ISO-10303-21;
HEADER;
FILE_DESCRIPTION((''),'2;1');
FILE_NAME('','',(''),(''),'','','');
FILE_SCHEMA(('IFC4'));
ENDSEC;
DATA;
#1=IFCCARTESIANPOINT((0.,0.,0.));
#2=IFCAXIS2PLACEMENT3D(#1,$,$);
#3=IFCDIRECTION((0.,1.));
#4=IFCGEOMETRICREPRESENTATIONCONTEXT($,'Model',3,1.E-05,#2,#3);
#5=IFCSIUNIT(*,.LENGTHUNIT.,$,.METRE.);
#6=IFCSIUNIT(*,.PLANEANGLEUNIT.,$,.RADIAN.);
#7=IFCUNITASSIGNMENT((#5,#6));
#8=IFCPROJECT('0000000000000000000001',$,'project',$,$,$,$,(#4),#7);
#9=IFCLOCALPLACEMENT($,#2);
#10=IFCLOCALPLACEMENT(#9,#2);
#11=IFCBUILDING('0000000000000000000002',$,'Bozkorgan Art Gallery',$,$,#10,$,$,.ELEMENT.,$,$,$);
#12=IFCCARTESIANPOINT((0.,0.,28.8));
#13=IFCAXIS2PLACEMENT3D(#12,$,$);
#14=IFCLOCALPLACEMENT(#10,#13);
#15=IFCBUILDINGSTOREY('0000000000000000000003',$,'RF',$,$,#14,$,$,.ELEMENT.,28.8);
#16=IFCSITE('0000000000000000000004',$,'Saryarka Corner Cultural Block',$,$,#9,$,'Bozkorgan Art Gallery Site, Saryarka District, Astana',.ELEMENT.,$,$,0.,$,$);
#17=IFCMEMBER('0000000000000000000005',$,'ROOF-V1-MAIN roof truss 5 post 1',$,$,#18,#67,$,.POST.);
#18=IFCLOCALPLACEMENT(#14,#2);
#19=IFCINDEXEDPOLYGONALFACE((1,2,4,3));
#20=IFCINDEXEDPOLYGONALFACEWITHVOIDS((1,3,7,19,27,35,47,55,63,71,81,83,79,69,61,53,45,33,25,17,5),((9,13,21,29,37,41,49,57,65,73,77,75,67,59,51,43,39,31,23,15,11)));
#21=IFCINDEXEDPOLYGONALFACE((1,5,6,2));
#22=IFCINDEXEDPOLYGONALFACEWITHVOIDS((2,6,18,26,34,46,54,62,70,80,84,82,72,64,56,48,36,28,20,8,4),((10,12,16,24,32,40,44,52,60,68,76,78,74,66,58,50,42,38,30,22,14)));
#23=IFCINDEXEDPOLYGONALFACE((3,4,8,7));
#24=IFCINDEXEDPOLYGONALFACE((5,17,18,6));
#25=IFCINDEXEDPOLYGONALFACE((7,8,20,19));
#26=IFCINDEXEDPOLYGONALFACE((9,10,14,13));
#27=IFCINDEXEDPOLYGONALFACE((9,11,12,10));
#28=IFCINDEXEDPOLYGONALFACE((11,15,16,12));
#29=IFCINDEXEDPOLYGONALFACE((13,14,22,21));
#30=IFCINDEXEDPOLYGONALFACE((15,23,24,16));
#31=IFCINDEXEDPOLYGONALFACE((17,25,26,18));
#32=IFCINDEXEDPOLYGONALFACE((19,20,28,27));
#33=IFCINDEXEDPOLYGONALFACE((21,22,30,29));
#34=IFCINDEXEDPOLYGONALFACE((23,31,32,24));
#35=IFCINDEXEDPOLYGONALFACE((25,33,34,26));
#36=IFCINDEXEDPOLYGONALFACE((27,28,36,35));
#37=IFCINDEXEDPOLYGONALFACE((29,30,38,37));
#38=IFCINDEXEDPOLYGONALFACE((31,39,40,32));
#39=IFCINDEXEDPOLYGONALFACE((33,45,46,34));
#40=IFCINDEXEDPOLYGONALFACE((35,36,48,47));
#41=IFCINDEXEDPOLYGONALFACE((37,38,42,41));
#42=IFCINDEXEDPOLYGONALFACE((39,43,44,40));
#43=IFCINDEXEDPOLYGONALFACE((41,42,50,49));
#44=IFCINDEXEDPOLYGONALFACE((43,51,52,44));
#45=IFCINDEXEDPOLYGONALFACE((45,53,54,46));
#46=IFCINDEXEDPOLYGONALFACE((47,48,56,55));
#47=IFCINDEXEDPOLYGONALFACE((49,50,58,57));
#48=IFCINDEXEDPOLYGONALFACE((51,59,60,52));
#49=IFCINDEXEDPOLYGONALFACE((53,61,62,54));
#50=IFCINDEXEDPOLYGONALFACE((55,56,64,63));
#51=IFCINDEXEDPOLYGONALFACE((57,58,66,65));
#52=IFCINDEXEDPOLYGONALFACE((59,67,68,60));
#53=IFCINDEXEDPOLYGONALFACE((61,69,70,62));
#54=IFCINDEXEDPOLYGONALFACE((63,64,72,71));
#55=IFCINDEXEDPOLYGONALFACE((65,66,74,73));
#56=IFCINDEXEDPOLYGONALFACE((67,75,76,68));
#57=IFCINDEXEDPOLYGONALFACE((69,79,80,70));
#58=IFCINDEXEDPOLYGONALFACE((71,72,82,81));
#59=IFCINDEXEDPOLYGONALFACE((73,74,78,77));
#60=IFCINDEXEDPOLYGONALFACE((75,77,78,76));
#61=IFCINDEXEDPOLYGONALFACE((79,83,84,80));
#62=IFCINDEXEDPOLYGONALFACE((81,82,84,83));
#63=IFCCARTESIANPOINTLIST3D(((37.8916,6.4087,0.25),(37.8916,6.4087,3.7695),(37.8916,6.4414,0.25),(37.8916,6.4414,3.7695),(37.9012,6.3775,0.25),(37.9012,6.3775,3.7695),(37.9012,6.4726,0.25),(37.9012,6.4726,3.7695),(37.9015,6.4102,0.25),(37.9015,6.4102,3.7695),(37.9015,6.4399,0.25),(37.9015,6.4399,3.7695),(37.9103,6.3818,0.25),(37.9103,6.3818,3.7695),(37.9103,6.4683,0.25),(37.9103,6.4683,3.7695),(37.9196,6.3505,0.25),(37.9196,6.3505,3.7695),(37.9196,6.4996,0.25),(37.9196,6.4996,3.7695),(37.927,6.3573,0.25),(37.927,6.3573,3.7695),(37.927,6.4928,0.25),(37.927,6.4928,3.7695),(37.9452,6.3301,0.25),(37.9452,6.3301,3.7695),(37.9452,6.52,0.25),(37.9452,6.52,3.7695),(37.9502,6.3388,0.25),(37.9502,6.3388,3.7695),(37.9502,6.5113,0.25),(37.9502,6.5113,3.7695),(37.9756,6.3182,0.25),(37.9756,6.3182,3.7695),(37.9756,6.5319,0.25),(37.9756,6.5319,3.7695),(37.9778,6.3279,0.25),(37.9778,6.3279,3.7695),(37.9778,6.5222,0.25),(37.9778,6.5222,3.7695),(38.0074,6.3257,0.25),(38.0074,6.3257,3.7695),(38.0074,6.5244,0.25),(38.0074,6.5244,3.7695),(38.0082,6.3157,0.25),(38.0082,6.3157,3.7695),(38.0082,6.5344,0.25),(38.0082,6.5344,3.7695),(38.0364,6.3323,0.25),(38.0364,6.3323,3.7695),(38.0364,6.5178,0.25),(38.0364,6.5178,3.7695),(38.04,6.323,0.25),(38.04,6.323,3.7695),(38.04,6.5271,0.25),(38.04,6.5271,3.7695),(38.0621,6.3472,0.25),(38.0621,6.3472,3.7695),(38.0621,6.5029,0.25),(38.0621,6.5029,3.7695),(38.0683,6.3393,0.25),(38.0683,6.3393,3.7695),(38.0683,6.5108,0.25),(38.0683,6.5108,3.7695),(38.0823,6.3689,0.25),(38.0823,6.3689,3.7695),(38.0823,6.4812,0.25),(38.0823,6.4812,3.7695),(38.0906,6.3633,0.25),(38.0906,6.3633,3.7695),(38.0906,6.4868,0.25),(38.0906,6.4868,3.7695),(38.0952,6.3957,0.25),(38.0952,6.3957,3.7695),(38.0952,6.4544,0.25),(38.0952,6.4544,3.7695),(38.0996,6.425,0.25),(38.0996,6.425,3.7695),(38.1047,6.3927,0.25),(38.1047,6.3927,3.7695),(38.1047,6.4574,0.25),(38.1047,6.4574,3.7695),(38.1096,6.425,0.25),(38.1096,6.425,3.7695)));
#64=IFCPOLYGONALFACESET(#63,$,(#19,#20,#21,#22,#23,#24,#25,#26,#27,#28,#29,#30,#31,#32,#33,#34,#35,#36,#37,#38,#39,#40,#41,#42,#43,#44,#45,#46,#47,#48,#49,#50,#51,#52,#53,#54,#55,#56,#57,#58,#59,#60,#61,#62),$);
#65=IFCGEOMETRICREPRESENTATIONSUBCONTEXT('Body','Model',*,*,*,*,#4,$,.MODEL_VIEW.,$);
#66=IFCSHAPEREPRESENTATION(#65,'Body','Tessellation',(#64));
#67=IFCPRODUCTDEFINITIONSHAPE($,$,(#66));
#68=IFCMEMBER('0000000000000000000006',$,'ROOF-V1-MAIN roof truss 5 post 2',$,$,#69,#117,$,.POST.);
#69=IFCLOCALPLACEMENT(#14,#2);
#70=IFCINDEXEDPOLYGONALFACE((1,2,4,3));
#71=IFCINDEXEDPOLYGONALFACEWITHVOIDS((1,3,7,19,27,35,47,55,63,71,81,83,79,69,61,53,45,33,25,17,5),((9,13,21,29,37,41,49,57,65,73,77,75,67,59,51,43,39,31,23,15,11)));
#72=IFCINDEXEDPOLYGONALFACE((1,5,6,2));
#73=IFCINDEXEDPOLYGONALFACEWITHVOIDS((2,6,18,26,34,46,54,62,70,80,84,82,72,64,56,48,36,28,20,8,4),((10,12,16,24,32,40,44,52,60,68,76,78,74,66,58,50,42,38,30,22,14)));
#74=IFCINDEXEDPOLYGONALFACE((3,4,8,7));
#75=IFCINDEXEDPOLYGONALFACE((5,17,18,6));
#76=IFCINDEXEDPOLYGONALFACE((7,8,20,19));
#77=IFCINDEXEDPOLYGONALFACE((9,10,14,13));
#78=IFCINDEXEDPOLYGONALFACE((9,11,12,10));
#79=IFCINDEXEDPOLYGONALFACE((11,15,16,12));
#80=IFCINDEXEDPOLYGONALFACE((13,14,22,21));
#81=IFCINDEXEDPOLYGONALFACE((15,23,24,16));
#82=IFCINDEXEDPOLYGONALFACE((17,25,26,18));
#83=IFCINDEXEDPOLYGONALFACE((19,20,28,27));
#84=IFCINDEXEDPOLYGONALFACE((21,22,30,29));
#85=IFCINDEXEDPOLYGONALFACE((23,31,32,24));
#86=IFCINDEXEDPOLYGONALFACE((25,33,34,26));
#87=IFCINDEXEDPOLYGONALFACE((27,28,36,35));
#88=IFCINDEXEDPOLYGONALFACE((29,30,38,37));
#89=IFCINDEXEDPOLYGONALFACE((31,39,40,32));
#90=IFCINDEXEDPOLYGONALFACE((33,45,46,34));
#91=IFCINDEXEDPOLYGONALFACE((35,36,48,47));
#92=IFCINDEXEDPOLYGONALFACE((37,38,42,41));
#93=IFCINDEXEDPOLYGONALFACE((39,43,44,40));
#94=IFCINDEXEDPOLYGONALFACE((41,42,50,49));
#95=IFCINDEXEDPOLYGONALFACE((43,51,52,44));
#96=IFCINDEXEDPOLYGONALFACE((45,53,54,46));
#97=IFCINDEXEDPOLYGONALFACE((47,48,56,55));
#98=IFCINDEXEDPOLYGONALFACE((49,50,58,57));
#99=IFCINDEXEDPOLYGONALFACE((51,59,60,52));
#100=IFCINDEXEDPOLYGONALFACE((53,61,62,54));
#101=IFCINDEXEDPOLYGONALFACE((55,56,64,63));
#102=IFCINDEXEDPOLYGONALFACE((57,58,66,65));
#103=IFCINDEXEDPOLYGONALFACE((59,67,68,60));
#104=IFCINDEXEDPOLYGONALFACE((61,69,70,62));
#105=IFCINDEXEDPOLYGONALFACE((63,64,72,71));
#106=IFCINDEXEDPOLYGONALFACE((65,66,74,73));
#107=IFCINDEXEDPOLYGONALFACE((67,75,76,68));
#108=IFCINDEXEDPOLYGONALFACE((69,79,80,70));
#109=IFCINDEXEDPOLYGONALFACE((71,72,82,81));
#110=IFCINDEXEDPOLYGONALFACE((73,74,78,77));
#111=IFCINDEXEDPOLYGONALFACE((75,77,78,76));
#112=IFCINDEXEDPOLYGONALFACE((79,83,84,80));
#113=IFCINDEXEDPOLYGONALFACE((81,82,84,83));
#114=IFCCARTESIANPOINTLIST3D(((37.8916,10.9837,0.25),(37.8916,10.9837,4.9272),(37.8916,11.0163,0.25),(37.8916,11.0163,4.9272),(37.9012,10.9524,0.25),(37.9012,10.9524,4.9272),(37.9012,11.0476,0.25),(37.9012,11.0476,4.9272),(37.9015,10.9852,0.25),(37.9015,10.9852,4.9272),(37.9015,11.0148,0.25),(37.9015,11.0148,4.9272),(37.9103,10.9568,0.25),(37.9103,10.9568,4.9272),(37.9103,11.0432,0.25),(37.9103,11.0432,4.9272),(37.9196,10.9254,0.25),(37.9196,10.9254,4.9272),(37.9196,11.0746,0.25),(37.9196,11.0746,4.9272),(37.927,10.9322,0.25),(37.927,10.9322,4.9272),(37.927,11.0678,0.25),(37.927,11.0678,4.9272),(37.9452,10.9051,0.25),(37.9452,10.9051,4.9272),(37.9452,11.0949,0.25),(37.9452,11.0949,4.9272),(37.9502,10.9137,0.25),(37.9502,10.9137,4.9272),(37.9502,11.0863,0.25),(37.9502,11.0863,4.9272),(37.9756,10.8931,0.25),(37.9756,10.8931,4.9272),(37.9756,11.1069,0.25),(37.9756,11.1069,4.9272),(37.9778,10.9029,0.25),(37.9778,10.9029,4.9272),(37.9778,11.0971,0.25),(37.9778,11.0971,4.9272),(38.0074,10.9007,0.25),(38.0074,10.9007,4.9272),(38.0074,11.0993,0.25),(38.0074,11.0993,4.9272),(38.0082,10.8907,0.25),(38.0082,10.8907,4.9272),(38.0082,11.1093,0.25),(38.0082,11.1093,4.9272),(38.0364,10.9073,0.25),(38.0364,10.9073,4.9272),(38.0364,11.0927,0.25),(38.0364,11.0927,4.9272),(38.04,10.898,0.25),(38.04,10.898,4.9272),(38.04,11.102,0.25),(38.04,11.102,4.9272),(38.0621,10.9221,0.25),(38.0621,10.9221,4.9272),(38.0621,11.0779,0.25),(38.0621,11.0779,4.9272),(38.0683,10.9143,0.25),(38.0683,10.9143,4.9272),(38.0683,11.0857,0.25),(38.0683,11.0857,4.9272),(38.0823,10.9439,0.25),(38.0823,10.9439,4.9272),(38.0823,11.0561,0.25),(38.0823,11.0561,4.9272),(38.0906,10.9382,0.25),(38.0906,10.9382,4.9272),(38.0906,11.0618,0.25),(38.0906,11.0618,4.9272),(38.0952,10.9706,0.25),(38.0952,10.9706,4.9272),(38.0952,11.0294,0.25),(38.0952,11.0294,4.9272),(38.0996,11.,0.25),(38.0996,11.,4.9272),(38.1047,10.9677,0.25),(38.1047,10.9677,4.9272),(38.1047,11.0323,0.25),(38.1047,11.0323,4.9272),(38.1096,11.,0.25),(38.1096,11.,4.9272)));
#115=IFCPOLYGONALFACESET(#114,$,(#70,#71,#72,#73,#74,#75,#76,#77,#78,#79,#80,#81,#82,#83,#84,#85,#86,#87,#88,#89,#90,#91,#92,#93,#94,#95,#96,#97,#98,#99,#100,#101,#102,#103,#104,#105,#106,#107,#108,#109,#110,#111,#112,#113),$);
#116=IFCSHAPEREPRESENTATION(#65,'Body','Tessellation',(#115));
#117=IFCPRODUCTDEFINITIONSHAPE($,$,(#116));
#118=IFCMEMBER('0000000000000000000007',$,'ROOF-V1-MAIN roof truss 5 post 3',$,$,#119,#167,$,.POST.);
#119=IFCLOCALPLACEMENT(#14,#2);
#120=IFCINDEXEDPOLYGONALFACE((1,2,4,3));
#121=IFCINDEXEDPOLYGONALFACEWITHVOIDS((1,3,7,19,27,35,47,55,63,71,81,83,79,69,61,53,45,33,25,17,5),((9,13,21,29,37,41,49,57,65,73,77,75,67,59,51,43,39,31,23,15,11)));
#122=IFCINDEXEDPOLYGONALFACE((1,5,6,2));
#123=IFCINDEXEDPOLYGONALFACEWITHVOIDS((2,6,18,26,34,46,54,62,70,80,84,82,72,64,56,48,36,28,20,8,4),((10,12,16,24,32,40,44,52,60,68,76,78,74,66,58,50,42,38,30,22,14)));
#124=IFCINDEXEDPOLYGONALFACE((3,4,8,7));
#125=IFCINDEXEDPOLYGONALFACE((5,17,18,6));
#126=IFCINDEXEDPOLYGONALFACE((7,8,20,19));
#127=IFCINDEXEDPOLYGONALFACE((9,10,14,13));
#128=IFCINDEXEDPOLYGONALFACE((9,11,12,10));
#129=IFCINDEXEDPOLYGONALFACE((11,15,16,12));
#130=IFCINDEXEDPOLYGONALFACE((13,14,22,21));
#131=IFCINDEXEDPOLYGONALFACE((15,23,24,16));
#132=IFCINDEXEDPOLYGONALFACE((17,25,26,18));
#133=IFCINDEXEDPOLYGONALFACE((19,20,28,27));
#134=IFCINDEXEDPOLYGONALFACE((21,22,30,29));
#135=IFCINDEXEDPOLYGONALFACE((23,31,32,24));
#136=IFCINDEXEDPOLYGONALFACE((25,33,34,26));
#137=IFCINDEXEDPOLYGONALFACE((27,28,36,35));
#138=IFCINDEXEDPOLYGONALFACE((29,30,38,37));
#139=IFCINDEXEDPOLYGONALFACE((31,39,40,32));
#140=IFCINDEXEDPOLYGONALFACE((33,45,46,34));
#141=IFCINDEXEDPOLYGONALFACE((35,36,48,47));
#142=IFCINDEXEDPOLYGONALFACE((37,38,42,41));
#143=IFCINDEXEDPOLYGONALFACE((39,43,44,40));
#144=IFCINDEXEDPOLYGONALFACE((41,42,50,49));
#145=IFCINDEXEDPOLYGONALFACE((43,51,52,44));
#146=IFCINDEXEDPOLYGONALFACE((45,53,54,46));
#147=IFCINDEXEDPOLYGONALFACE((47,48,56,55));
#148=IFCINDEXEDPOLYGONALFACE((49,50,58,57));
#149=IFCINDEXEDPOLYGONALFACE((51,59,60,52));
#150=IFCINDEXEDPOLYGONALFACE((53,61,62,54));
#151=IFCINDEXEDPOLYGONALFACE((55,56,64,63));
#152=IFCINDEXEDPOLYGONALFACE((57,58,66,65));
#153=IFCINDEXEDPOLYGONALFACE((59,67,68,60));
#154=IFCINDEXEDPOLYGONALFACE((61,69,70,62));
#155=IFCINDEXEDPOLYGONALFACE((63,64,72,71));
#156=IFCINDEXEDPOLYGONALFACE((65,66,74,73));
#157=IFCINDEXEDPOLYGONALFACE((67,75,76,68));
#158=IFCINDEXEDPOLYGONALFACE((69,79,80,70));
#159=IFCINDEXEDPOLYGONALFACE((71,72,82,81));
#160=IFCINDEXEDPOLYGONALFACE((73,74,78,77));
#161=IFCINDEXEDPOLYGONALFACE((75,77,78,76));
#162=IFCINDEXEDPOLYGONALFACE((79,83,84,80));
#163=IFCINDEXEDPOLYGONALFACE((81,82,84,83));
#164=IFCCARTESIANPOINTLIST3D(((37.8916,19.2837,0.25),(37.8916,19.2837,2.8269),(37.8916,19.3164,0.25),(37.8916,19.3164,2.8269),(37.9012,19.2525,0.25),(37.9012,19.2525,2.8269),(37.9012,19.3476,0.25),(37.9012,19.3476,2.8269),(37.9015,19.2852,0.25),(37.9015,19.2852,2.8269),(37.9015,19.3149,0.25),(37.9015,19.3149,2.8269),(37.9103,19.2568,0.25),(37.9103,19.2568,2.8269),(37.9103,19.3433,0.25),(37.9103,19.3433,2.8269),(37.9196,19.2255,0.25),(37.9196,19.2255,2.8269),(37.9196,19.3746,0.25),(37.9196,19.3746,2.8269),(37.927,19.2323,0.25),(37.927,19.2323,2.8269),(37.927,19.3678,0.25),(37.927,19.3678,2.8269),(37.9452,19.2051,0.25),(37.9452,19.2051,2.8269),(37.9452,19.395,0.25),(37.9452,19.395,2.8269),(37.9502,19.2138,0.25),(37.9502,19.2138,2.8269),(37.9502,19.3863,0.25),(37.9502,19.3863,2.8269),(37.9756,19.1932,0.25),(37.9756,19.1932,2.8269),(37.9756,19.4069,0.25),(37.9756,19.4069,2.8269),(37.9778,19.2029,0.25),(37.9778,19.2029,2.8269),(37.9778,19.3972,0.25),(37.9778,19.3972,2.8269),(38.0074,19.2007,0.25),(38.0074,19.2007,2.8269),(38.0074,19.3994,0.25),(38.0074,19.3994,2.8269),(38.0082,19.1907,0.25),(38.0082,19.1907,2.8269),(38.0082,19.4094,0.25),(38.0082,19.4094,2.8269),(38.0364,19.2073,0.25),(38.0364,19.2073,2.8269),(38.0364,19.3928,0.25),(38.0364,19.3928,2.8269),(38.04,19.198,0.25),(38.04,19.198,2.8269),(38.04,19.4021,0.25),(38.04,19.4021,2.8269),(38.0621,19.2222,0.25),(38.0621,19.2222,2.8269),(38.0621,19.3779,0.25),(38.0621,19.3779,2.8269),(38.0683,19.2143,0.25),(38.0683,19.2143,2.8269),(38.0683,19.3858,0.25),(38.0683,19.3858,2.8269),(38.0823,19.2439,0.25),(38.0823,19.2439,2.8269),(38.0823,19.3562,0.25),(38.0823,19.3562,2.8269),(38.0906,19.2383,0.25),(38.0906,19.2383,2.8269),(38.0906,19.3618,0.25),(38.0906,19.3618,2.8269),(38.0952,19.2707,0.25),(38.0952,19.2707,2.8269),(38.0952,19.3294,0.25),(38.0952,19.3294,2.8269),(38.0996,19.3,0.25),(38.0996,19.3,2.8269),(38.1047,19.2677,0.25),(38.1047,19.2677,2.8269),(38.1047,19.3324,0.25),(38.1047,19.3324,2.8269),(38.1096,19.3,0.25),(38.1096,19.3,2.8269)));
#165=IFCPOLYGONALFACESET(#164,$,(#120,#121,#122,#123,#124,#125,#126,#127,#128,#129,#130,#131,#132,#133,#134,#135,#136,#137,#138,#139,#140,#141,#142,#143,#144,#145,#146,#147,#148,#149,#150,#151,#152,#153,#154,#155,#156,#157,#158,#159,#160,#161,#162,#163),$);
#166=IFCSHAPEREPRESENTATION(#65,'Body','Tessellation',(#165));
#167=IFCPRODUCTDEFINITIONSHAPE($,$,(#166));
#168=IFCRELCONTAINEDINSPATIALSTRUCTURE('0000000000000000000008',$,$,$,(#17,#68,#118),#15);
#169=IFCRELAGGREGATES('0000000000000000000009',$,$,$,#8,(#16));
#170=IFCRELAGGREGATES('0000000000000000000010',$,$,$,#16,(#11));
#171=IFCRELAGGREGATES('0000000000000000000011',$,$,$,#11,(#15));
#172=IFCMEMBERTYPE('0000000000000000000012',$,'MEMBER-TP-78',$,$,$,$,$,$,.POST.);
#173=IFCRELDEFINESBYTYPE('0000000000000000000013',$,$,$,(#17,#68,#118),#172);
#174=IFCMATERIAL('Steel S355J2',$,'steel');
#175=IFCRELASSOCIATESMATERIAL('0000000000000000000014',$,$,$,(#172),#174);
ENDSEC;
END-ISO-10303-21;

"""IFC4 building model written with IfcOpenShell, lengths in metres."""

from ifc_helpers import new_model, si_unit, direction, frame, origin, origin_2d, place, context, subcontext, project, spatial, hollow_circle, extrude, material, material_profile, profile_set, type_object, element, save


model = new_model("IFC4")

# Units and contexts
model_context = context("Model", 3, precision=1e-05, world=origin(), true_north=direction((0.0, 1.0)))
body_context = subcontext(model_context, "Body", "Model", "MODEL_VIEW")
ifc_project = project(units=[si_unit("LENGTHUNIT", "METRE"), si_unit("PLANEANGLEUNIT", "RADIAN")], contexts=[model_context])

# Site, building, storey
site_placement = place(None, origin())
site = spatial("IfcSite", under=ifc_project, at=site_placement, Name="Saryarka Corner Cultural Block", LongName="Bozkorgan Art Gallery Site, Saryarka District, Astana", CompositionType="ELEMENT", RefElevation=0.0)
building_placement = place(site_placement, origin())
building = spatial("IfcBuilding", under=site, at=building_placement, Name="Bozkorgan Art Gallery", CompositionType="ELEMENT")
storey_placement = place(building_placement, frame((0.0, 0.0, 28.8)))
storey = spatial("IfcBuildingStorey", under=building, at=storey_placement, Name="RF", CompositionType="ELEMENT", Elevation=28.8)

# Shared definitions
ifc_material_1 = material(Name="Steel S355J2", Category="steel")

# Members
ifc_material_profile_1 = material_profile(ifc_material_1, hollow_circle(Radius=0.1096, WallThickness=0.01, at=origin_2d()), Name="CHS 219.1x10")
ifc_profile_set_1 = profile_set([ifc_material_profile_1], Name="Steel S355J2")
member_type_1 = type_object("IfcMemberType", Name="MEMBER-TP-78", PredefinedType="POST", material=ifc_profile_set_1)
member_1_placement = place(storey_placement, frame((38.0, 6.425, 0.25), z_axis=(0.0, 0.0, 1.0), x_axis=(1.0, 0.0, 0.0)))
element("IfcMember", 1, at=member_1_placement, inside=storey, type_object=member_type_1, Name="ROOF-V1-MAIN roof truss 5 post 1", PredefinedType="POST", context=body_context, shape_type="SweptSolid", body=[
    extrude(hollow_circle(Radius=0.1096, WallThickness=0.01, at=origin_2d()), origin(), (0.0, 0.0, 1.0), 3.5195),
])
member_2_placement = place(storey_placement, frame((38.0, 11.0, 0.25), z_axis=(0.0, 0.0, 1.0), x_axis=(1.0, 0.0, 0.0)))
element("IfcMember", 2, at=member_2_placement, inside=storey, type_object=member_type_1, Name="ROOF-V1-MAIN roof truss 5 post 2", PredefinedType="POST", context=body_context, shape_type="SweptSolid", body=[
    extrude(hollow_circle(Radius=0.1096, WallThickness=0.01, at=origin_2d()), origin(), (0.0, 0.0, 1.0), 4.6772),
])
member_3_placement = place(storey_placement, frame((38.0, 19.3, 0.25), z_axis=(0.0, 0.0, 1.0), x_axis=(1.0, 0.0, 0.0)))
element("IfcMember", 3, at=member_3_placement, inside=storey, type_object=member_type_1, Name="ROOF-V1-MAIN roof truss 5 post 3", PredefinedType="POST", context=body_context, shape_type="SweptSolid", body=[
    extrude(hollow_circle(Radius=0.1096, WallThickness=0.01, at=origin_2d()), origin(), (0.0, 0.0, 1.0), 2.5769),
])

save(model, "model.ifc")
